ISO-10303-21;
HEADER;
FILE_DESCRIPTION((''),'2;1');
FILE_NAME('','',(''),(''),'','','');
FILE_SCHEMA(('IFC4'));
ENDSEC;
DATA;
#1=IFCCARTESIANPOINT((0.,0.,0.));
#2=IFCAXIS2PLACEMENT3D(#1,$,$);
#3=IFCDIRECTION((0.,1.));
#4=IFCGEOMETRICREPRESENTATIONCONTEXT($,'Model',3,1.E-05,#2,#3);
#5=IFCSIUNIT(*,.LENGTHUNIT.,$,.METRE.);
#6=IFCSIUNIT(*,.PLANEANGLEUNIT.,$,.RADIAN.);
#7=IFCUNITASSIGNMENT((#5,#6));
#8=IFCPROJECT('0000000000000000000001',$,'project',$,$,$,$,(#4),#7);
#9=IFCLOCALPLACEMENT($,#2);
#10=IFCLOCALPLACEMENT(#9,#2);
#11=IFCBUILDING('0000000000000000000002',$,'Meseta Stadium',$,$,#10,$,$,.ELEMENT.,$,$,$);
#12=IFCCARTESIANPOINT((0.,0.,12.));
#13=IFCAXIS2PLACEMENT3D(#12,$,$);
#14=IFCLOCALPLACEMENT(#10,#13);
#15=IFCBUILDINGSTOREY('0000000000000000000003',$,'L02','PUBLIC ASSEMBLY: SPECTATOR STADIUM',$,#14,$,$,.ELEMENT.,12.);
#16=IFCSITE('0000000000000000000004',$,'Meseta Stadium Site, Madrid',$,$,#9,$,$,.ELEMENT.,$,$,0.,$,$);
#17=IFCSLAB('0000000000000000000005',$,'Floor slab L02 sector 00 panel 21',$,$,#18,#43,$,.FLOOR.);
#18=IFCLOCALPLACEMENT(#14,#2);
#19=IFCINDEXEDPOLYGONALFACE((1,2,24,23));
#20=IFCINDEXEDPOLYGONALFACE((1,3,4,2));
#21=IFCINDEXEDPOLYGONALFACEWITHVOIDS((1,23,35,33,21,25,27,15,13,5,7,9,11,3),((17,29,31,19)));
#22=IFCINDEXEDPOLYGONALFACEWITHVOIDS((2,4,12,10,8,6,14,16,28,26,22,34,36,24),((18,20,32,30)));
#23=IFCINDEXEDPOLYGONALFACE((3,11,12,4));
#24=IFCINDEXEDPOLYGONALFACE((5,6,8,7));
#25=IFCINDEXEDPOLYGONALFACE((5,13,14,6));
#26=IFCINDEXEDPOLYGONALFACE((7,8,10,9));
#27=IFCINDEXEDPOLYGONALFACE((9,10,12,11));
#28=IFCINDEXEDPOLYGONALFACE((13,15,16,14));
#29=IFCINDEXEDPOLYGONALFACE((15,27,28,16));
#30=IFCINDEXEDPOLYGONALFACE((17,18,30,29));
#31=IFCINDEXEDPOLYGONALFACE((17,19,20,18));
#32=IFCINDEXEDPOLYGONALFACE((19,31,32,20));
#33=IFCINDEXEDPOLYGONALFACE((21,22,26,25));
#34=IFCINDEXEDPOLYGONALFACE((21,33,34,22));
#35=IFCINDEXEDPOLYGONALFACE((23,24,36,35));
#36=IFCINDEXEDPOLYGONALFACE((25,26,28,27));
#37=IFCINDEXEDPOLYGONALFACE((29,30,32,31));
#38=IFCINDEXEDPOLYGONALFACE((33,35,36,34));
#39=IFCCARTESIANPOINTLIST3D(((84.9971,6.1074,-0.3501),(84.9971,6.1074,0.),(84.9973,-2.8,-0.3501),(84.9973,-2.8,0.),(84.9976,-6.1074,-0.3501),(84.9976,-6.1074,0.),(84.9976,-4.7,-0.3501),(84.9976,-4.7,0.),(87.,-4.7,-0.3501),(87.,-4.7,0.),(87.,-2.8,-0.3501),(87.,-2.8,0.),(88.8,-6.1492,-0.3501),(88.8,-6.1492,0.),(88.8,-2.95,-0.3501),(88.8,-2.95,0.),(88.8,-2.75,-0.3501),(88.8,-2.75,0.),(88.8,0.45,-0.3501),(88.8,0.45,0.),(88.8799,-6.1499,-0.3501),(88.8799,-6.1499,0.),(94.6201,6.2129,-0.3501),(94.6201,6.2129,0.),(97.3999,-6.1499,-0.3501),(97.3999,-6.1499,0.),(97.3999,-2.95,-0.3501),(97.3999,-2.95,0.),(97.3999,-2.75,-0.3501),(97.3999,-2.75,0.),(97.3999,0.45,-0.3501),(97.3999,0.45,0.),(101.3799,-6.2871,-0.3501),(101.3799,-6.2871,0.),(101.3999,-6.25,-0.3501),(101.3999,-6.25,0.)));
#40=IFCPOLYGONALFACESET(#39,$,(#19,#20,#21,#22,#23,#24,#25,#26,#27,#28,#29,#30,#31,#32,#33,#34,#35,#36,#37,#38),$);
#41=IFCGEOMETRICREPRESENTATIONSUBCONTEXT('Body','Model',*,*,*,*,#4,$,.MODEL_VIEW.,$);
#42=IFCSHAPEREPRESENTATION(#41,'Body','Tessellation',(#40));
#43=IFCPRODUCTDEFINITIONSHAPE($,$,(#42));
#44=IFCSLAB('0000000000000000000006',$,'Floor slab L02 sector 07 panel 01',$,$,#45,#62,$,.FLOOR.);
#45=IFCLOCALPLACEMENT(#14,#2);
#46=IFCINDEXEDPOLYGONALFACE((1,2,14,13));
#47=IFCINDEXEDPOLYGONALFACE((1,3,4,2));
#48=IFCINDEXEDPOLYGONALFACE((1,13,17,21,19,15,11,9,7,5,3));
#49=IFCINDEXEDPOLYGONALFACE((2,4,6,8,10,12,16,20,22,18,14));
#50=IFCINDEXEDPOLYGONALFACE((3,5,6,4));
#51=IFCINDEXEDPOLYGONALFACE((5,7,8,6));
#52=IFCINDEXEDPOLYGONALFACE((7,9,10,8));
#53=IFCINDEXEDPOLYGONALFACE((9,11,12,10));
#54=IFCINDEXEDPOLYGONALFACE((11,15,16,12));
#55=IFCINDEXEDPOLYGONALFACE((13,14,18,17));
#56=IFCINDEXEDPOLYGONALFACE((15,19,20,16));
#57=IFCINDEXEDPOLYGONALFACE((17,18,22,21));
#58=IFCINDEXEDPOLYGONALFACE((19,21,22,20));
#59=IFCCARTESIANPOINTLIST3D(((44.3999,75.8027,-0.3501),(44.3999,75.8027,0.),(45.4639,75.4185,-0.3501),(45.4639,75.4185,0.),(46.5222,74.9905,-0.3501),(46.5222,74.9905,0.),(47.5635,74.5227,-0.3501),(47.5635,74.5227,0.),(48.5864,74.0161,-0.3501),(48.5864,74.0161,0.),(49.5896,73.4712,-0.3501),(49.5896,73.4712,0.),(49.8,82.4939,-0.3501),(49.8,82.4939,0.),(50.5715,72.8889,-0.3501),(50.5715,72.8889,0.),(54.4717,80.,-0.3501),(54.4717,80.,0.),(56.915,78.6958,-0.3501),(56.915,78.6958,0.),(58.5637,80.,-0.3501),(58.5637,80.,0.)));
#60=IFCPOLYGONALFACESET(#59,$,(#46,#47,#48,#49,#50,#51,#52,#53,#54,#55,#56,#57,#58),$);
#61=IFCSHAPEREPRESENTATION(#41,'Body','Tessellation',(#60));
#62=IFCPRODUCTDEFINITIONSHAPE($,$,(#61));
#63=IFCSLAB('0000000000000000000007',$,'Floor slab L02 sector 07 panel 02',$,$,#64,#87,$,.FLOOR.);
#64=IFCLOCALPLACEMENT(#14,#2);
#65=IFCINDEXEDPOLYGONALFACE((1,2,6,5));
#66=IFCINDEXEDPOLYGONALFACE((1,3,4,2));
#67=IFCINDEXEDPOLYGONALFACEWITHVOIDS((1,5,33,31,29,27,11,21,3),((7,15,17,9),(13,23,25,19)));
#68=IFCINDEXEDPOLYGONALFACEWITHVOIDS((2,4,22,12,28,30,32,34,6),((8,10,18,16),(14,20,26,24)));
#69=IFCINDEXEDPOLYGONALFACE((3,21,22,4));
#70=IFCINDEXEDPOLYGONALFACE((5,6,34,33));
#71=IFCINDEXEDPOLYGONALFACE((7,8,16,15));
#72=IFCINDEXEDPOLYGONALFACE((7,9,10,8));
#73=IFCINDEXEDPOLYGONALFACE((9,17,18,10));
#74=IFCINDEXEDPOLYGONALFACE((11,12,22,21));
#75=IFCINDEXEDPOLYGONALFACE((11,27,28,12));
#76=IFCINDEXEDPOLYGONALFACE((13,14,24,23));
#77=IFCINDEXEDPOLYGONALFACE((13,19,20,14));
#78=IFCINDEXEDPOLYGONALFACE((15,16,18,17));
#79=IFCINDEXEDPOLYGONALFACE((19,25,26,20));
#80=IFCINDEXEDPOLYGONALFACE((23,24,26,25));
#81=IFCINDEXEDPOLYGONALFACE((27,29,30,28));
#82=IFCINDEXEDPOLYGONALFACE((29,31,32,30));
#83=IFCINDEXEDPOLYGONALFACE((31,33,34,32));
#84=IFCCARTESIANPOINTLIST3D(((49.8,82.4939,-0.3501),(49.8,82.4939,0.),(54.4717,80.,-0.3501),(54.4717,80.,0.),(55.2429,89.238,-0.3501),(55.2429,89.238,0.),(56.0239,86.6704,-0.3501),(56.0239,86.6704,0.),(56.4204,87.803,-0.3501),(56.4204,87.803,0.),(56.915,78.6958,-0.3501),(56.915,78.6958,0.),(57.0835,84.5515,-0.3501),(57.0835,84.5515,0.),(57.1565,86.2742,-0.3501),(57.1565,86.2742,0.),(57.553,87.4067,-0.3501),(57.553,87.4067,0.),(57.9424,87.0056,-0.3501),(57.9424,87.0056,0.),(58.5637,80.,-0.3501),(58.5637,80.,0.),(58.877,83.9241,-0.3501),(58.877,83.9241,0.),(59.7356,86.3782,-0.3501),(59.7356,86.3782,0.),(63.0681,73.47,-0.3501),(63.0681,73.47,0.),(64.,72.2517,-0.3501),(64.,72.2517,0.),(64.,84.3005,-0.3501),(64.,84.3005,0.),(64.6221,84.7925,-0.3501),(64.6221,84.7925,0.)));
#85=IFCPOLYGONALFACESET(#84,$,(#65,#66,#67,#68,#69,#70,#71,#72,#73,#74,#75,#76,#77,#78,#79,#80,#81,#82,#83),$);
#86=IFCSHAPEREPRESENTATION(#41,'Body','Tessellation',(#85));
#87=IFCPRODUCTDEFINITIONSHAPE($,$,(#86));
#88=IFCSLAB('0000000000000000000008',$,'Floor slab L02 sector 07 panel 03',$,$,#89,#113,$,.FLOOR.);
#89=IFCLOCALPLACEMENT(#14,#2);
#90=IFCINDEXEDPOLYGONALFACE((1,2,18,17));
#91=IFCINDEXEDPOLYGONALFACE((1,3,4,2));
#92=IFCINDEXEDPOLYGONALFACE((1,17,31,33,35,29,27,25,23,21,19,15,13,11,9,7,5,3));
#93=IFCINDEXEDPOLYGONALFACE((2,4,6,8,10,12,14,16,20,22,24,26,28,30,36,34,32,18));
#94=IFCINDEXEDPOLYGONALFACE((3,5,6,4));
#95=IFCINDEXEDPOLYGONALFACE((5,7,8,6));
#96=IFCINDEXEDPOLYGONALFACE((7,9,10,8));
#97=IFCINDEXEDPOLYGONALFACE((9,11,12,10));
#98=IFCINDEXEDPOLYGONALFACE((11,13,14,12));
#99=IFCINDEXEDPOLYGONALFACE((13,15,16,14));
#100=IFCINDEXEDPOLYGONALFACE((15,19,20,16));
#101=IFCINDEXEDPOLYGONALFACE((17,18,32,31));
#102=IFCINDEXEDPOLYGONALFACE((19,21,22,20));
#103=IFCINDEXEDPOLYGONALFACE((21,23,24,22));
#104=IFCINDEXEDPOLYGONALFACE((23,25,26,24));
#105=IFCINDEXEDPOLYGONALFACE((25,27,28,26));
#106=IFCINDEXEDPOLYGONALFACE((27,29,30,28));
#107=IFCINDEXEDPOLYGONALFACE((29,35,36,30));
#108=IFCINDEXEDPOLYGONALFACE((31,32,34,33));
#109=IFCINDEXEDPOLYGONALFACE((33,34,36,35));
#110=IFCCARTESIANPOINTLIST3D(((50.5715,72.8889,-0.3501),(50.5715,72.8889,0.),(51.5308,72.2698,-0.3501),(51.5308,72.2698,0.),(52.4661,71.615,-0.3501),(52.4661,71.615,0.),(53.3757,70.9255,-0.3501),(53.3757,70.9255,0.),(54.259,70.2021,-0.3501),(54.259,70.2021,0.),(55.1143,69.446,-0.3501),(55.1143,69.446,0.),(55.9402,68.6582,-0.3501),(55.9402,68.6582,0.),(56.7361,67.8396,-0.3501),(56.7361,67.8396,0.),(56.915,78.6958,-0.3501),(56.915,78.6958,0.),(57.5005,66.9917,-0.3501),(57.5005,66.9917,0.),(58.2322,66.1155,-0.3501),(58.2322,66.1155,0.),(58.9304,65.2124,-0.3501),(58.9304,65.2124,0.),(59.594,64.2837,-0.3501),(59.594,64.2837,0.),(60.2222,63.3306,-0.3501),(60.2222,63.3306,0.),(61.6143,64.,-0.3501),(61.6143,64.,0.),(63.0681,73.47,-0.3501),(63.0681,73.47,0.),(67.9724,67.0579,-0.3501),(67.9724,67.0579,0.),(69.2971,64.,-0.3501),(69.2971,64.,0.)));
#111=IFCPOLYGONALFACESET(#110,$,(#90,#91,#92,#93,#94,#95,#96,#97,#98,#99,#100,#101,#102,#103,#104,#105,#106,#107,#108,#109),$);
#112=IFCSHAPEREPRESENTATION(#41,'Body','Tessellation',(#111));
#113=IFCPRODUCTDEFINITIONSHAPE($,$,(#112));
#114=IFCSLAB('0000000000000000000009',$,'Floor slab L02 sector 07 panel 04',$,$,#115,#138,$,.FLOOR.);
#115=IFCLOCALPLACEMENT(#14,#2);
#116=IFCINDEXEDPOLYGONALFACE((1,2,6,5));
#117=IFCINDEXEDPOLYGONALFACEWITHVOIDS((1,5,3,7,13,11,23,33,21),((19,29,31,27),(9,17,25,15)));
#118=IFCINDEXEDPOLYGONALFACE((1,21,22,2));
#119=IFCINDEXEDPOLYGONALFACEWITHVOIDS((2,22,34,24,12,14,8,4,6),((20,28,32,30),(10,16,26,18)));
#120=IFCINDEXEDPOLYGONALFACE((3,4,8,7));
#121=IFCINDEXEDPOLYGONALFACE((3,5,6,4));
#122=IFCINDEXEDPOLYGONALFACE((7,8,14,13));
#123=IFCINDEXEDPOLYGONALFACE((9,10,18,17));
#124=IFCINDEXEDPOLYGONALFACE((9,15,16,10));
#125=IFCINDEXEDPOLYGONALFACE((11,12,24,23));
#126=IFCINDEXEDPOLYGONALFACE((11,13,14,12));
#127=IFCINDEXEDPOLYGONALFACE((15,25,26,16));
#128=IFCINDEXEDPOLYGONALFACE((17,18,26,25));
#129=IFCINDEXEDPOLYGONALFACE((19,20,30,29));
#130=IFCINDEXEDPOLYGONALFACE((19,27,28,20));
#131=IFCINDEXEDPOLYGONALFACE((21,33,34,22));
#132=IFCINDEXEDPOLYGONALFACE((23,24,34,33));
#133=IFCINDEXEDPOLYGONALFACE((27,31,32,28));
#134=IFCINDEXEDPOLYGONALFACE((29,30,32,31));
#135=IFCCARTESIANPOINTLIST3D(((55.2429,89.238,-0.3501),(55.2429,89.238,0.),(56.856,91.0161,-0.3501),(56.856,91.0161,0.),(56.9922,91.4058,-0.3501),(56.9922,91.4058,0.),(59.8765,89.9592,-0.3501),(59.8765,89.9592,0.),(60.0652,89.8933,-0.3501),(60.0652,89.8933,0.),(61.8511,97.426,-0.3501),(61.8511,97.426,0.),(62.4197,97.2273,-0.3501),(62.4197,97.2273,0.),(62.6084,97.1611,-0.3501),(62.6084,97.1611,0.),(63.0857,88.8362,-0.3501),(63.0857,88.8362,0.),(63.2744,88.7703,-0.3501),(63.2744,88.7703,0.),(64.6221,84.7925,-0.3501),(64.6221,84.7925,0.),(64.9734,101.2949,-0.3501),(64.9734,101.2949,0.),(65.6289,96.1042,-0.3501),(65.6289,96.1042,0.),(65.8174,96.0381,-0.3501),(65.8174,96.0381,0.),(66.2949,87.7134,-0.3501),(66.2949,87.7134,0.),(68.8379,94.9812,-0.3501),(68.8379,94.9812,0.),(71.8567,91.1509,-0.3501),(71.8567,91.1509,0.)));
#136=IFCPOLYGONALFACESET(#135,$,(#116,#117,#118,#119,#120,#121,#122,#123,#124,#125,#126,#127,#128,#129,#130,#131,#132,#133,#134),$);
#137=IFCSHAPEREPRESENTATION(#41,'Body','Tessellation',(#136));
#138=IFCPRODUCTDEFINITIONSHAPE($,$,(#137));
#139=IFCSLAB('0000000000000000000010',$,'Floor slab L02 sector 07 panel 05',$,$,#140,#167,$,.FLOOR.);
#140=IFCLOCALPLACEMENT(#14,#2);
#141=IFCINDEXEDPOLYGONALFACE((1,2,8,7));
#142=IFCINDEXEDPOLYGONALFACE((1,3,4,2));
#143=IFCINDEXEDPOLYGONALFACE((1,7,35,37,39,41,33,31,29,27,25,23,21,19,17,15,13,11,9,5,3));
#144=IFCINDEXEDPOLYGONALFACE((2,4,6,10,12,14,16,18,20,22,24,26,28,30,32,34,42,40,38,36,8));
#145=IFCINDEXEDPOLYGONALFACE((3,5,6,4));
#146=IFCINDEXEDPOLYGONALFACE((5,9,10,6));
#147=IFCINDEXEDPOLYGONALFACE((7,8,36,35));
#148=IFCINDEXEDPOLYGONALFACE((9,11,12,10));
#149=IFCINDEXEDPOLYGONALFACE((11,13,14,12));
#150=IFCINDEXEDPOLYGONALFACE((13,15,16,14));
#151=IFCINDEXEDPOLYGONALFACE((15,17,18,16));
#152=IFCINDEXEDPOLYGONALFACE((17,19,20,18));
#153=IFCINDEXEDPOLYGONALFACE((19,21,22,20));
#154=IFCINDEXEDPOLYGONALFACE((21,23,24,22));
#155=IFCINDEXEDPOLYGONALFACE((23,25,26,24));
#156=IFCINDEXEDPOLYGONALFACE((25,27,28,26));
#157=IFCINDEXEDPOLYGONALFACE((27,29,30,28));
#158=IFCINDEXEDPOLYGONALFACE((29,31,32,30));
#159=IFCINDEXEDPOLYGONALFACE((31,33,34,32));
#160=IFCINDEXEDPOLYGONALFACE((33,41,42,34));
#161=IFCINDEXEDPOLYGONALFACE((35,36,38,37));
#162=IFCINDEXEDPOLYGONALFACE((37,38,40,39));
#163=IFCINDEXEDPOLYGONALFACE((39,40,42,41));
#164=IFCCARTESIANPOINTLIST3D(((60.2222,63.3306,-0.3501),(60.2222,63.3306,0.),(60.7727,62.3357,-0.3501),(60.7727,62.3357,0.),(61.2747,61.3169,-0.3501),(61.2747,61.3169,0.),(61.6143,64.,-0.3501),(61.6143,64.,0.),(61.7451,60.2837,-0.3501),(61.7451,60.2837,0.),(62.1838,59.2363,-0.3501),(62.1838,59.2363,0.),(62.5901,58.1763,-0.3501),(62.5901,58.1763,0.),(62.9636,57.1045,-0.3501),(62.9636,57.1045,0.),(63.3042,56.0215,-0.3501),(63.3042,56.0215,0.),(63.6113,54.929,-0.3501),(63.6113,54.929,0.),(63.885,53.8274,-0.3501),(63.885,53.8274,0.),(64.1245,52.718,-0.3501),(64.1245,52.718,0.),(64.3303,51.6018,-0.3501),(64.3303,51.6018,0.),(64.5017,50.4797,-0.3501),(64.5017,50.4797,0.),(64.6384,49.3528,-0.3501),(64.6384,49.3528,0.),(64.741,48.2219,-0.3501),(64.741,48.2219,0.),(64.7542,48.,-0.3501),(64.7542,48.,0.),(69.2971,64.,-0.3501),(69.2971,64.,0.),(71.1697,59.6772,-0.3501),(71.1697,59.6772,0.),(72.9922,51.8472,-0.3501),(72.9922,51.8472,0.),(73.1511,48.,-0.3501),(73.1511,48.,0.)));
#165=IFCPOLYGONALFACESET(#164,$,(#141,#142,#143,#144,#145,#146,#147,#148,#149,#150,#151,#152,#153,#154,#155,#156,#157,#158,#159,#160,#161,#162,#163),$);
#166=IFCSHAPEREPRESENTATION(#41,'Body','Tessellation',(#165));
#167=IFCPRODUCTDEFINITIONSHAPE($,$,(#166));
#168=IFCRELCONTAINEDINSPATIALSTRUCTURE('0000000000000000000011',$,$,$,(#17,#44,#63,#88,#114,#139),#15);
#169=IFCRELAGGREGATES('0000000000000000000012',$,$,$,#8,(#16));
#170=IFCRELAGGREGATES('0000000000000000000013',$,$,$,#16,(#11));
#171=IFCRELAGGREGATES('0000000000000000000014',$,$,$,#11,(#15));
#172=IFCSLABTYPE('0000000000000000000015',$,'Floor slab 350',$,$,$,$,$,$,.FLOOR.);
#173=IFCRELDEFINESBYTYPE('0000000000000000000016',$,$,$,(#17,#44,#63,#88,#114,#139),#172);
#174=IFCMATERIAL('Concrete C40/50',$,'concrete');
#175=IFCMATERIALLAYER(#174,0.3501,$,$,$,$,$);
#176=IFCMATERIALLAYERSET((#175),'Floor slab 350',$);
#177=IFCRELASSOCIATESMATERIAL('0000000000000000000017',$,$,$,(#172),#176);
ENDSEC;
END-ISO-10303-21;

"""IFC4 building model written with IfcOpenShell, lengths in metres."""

from ifc_helpers import new_model, si_unit, direction, frame, origin, place, context, subcontext, project, spatial, polyline, outline, extrude, material, layer, layer_set, type_object, element, save


model = new_model("IFC4")

# Units and contexts
model_context = context("Model", 3, precision=1e-05, world=origin(), true_north=direction((0.0, 1.0)))
body_context = subcontext(model_context, "Body", "Model", "MODEL_VIEW")
ifc_project = project(units=[si_unit("LENGTHUNIT", "METRE"), si_unit("PLANEANGLEUNIT", "RADIAN")], contexts=[model_context])

# Site, building, storey
site_placement = place(None, origin())
site = spatial("IfcSite", under=ifc_project, at=site_placement, Name="Meseta Stadium Site, Madrid", CompositionType="ELEMENT", RefElevation=0.0)
building_placement = place(site_placement, origin())
building = spatial("IfcBuilding", under=site, at=building_placement, Name="Meseta Stadium", CompositionType="ELEMENT")
storey_placement = place(building_placement, frame((0.0, 0.0, 12.0)))
storey = spatial("IfcBuildingStorey", under=building, at=storey_placement, Name="L02", Description="PUBLIC ASSEMBLY: SPECTATOR STADIUM", CompositionType="ELEMENT", Elevation=12.0)

# Slabs
ifc_material = material(Name="Concrete C40/50", Category="concrete")
ifc_layer = layer(ifc_material, 0.3501)
ifc_layer_set = layer_set([ifc_layer], Name="Floor slab 350")
slab_type = type_object("IfcSlabType", Name="Floor slab 350", PredefinedType="FLOOR", material=ifc_layer_set)
slab_1_placement = place(storey_placement, frame((0.0, 0.0, -0.3501)))
element("IfcSlab", 1, at=slab_1_placement, inside=storey, type_object=slab_type, Name="Floor slab L02 sector 00 panel 21", PredefinedType="FLOOR", context=body_context, shape_type="SweptSolid", body=[
    extrude(outline(polyline([(88.8799, -6.1499), (101.3799, -6.2871), (101.3999, -6.25), (94.6201, 6.2129), (84.9971, 6.1074), (84.9973, -2.8), (87.0, -2.8), (87.0, -4.7), (84.9976, -4.7), (84.9976, -6.1074), (88.8, -6.1492), (88.8, -2.95), (97.3999, -2.95), (97.3999, -6.1499), (88.8799, -6.1499)]), holes=[polyline([(97.3999, -2.75), (88.8, -2.75), (88.8, 0.45), (97.3999, 0.45), (97.3999, -2.75)])]), origin(), (0.0, 0.0, 1.0), 0.3501),
])
slab_2_placement = place(storey_placement, frame((0.0, 0.0, -0.3501)))
element("IfcSlab", 2, at=slab_2_placement, inside=storey, type_object=slab_type, Name="Floor slab L02 sector 07 panel 01", PredefinedType="FLOOR", context=body_context, shape_type="SweptSolid", body=[
    extrude(outline(polyline([(49.8, 82.4939), (44.3999, 75.8027), (45.4639, 75.4185), (46.5222, 74.9905), (47.5635, 74.5227), (48.5864, 74.0161), (49.5896, 73.4712), (50.5715, 72.8889), (56.915, 78.6958), (58.5637, 80.0), (54.4717, 80.0), (49.8, 82.4939)])), origin(), (0.0, 0.0, 1.0), 0.3501),
])
slab_3_placement = place(storey_placement, frame((0.0, 0.0, -0.3501)))
element("IfcSlab", 3, at=slab_3_placement, inside=storey, type_object=slab_type, Name="Floor slab L02 sector 07 panel 02", PredefinedType="FLOOR", context=body_context, shape_type="SweptSolid", body=[
    extrude(outline(polyline([(58.5637, 80.0), (56.915, 78.6958), (63.0681, 73.47), (64.0, 72.2517), (64.0, 84.3005), (64.6221, 84.7925), (55.2429, 89.238), (49.8, 82.4939), (54.4717, 80.0), (58.5637, 80.0)]), holes=[polyline([(59.7356, 86.3782), (58.877, 83.9241), (57.0835, 84.5515), (57.9424, 87.0056), (59.7356, 86.3782)]), polyline([(57.1565, 86.2742), (56.0239, 86.6704), (56.4204, 87.803), (57.553, 87.4067), (57.1565, 86.2742)])]), origin(), (0.0, 0.0, 1.0), 0.3501),
])
slab_4_placement = place(storey_placement, frame((0.0, 0.0, -0.3501)))
element("IfcSlab", 4, at=slab_4_placement, inside=storey, type_object=slab_type, Name="Floor slab L02 sector 07 panel 03", PredefinedType="FLOOR", context=body_context, shape_type="SweptSolid", body=[
    extrude(outline(polyline([(60.2222, 63.3306), (61.6143, 64.0), (69.2971, 64.0), (67.9724, 67.0579), (63.0681, 73.47), (56.915, 78.6958), (50.5715, 72.8889), (51.5308, 72.2698), (52.4661, 71.615), (53.3757, 70.9255), (54.259, 70.2021), (55.1143, 69.446), (55.9402, 68.6582), (56.7361, 67.8396), (57.5005, 66.9917), (58.2322, 66.1155), (58.9304, 65.2124), (59.594, 64.2837), (60.2222, 63.3306)])), origin(), (0.0, 0.0, 1.0), 0.3501),
])
slab_5_placement = place(storey_placement, frame((0.0, 0.0, -0.3501)))
element("IfcSlab", 5, at=slab_5_placement, inside=storey, type_object=slab_type, Name="Floor slab L02 sector 07 panel 04", PredefinedType="FLOOR", context=body_context, shape_type="SweptSolid", body=[
    extrude(outline(polyline([(55.2429, 89.238), (64.6221, 84.7925), (71.8567, 91.1509), (64.9734, 101.2949), (61.8511, 97.426), (62.4197, 97.2273), (59.8765, 89.9592), (56.856, 91.0161), (56.9922, 91.4058), (55.2429, 89.238)]), holes=[polyline([(62.6084, 97.1611), (65.6289, 96.1042), (63.0857, 88.8362), (60.0652, 89.8933), (62.6084, 97.1611)]), polyline([(65.8174, 96.0381), (68.8379, 94.9812), (66.2949, 87.7134), (63.2744, 88.7703), (65.8174, 96.0381)])]), origin(), (0.0, 0.0, 1.0), 0.3501),
])
slab_6_placement = place(storey_placement, frame((0.0, 0.0, -0.3501)))
element("IfcSlab", 6, at=slab_6_placement, inside=storey, type_object=slab_type, Name="Floor slab L02 sector 07 panel 05", PredefinedType="FLOOR", context=body_context, shape_type="SweptSolid", body=[
    extrude(outline(polyline([(72.9922, 51.8472), (71.1697, 59.6772), (69.2971, 64.0), (61.6143, 64.0), (60.2222, 63.3306), (60.7727, 62.3357), (61.2747, 61.3169), (61.7451, 60.2837), (62.1838, 59.2363), (62.5901, 58.1763), (62.9636, 57.1045), (63.3042, 56.0215), (63.6113, 54.929), (63.885, 53.8274), (64.1245, 52.718), (64.3303, 51.6018), (64.5017, 50.4797), (64.6384, 49.3528), (64.741, 48.2219), (64.7542, 48.0), (73.1511, 48.0), (72.9922, 51.8472)])), origin(), (0.0, 0.0, 1.0), 0.3501),
])

save(model, "model.ifc")
